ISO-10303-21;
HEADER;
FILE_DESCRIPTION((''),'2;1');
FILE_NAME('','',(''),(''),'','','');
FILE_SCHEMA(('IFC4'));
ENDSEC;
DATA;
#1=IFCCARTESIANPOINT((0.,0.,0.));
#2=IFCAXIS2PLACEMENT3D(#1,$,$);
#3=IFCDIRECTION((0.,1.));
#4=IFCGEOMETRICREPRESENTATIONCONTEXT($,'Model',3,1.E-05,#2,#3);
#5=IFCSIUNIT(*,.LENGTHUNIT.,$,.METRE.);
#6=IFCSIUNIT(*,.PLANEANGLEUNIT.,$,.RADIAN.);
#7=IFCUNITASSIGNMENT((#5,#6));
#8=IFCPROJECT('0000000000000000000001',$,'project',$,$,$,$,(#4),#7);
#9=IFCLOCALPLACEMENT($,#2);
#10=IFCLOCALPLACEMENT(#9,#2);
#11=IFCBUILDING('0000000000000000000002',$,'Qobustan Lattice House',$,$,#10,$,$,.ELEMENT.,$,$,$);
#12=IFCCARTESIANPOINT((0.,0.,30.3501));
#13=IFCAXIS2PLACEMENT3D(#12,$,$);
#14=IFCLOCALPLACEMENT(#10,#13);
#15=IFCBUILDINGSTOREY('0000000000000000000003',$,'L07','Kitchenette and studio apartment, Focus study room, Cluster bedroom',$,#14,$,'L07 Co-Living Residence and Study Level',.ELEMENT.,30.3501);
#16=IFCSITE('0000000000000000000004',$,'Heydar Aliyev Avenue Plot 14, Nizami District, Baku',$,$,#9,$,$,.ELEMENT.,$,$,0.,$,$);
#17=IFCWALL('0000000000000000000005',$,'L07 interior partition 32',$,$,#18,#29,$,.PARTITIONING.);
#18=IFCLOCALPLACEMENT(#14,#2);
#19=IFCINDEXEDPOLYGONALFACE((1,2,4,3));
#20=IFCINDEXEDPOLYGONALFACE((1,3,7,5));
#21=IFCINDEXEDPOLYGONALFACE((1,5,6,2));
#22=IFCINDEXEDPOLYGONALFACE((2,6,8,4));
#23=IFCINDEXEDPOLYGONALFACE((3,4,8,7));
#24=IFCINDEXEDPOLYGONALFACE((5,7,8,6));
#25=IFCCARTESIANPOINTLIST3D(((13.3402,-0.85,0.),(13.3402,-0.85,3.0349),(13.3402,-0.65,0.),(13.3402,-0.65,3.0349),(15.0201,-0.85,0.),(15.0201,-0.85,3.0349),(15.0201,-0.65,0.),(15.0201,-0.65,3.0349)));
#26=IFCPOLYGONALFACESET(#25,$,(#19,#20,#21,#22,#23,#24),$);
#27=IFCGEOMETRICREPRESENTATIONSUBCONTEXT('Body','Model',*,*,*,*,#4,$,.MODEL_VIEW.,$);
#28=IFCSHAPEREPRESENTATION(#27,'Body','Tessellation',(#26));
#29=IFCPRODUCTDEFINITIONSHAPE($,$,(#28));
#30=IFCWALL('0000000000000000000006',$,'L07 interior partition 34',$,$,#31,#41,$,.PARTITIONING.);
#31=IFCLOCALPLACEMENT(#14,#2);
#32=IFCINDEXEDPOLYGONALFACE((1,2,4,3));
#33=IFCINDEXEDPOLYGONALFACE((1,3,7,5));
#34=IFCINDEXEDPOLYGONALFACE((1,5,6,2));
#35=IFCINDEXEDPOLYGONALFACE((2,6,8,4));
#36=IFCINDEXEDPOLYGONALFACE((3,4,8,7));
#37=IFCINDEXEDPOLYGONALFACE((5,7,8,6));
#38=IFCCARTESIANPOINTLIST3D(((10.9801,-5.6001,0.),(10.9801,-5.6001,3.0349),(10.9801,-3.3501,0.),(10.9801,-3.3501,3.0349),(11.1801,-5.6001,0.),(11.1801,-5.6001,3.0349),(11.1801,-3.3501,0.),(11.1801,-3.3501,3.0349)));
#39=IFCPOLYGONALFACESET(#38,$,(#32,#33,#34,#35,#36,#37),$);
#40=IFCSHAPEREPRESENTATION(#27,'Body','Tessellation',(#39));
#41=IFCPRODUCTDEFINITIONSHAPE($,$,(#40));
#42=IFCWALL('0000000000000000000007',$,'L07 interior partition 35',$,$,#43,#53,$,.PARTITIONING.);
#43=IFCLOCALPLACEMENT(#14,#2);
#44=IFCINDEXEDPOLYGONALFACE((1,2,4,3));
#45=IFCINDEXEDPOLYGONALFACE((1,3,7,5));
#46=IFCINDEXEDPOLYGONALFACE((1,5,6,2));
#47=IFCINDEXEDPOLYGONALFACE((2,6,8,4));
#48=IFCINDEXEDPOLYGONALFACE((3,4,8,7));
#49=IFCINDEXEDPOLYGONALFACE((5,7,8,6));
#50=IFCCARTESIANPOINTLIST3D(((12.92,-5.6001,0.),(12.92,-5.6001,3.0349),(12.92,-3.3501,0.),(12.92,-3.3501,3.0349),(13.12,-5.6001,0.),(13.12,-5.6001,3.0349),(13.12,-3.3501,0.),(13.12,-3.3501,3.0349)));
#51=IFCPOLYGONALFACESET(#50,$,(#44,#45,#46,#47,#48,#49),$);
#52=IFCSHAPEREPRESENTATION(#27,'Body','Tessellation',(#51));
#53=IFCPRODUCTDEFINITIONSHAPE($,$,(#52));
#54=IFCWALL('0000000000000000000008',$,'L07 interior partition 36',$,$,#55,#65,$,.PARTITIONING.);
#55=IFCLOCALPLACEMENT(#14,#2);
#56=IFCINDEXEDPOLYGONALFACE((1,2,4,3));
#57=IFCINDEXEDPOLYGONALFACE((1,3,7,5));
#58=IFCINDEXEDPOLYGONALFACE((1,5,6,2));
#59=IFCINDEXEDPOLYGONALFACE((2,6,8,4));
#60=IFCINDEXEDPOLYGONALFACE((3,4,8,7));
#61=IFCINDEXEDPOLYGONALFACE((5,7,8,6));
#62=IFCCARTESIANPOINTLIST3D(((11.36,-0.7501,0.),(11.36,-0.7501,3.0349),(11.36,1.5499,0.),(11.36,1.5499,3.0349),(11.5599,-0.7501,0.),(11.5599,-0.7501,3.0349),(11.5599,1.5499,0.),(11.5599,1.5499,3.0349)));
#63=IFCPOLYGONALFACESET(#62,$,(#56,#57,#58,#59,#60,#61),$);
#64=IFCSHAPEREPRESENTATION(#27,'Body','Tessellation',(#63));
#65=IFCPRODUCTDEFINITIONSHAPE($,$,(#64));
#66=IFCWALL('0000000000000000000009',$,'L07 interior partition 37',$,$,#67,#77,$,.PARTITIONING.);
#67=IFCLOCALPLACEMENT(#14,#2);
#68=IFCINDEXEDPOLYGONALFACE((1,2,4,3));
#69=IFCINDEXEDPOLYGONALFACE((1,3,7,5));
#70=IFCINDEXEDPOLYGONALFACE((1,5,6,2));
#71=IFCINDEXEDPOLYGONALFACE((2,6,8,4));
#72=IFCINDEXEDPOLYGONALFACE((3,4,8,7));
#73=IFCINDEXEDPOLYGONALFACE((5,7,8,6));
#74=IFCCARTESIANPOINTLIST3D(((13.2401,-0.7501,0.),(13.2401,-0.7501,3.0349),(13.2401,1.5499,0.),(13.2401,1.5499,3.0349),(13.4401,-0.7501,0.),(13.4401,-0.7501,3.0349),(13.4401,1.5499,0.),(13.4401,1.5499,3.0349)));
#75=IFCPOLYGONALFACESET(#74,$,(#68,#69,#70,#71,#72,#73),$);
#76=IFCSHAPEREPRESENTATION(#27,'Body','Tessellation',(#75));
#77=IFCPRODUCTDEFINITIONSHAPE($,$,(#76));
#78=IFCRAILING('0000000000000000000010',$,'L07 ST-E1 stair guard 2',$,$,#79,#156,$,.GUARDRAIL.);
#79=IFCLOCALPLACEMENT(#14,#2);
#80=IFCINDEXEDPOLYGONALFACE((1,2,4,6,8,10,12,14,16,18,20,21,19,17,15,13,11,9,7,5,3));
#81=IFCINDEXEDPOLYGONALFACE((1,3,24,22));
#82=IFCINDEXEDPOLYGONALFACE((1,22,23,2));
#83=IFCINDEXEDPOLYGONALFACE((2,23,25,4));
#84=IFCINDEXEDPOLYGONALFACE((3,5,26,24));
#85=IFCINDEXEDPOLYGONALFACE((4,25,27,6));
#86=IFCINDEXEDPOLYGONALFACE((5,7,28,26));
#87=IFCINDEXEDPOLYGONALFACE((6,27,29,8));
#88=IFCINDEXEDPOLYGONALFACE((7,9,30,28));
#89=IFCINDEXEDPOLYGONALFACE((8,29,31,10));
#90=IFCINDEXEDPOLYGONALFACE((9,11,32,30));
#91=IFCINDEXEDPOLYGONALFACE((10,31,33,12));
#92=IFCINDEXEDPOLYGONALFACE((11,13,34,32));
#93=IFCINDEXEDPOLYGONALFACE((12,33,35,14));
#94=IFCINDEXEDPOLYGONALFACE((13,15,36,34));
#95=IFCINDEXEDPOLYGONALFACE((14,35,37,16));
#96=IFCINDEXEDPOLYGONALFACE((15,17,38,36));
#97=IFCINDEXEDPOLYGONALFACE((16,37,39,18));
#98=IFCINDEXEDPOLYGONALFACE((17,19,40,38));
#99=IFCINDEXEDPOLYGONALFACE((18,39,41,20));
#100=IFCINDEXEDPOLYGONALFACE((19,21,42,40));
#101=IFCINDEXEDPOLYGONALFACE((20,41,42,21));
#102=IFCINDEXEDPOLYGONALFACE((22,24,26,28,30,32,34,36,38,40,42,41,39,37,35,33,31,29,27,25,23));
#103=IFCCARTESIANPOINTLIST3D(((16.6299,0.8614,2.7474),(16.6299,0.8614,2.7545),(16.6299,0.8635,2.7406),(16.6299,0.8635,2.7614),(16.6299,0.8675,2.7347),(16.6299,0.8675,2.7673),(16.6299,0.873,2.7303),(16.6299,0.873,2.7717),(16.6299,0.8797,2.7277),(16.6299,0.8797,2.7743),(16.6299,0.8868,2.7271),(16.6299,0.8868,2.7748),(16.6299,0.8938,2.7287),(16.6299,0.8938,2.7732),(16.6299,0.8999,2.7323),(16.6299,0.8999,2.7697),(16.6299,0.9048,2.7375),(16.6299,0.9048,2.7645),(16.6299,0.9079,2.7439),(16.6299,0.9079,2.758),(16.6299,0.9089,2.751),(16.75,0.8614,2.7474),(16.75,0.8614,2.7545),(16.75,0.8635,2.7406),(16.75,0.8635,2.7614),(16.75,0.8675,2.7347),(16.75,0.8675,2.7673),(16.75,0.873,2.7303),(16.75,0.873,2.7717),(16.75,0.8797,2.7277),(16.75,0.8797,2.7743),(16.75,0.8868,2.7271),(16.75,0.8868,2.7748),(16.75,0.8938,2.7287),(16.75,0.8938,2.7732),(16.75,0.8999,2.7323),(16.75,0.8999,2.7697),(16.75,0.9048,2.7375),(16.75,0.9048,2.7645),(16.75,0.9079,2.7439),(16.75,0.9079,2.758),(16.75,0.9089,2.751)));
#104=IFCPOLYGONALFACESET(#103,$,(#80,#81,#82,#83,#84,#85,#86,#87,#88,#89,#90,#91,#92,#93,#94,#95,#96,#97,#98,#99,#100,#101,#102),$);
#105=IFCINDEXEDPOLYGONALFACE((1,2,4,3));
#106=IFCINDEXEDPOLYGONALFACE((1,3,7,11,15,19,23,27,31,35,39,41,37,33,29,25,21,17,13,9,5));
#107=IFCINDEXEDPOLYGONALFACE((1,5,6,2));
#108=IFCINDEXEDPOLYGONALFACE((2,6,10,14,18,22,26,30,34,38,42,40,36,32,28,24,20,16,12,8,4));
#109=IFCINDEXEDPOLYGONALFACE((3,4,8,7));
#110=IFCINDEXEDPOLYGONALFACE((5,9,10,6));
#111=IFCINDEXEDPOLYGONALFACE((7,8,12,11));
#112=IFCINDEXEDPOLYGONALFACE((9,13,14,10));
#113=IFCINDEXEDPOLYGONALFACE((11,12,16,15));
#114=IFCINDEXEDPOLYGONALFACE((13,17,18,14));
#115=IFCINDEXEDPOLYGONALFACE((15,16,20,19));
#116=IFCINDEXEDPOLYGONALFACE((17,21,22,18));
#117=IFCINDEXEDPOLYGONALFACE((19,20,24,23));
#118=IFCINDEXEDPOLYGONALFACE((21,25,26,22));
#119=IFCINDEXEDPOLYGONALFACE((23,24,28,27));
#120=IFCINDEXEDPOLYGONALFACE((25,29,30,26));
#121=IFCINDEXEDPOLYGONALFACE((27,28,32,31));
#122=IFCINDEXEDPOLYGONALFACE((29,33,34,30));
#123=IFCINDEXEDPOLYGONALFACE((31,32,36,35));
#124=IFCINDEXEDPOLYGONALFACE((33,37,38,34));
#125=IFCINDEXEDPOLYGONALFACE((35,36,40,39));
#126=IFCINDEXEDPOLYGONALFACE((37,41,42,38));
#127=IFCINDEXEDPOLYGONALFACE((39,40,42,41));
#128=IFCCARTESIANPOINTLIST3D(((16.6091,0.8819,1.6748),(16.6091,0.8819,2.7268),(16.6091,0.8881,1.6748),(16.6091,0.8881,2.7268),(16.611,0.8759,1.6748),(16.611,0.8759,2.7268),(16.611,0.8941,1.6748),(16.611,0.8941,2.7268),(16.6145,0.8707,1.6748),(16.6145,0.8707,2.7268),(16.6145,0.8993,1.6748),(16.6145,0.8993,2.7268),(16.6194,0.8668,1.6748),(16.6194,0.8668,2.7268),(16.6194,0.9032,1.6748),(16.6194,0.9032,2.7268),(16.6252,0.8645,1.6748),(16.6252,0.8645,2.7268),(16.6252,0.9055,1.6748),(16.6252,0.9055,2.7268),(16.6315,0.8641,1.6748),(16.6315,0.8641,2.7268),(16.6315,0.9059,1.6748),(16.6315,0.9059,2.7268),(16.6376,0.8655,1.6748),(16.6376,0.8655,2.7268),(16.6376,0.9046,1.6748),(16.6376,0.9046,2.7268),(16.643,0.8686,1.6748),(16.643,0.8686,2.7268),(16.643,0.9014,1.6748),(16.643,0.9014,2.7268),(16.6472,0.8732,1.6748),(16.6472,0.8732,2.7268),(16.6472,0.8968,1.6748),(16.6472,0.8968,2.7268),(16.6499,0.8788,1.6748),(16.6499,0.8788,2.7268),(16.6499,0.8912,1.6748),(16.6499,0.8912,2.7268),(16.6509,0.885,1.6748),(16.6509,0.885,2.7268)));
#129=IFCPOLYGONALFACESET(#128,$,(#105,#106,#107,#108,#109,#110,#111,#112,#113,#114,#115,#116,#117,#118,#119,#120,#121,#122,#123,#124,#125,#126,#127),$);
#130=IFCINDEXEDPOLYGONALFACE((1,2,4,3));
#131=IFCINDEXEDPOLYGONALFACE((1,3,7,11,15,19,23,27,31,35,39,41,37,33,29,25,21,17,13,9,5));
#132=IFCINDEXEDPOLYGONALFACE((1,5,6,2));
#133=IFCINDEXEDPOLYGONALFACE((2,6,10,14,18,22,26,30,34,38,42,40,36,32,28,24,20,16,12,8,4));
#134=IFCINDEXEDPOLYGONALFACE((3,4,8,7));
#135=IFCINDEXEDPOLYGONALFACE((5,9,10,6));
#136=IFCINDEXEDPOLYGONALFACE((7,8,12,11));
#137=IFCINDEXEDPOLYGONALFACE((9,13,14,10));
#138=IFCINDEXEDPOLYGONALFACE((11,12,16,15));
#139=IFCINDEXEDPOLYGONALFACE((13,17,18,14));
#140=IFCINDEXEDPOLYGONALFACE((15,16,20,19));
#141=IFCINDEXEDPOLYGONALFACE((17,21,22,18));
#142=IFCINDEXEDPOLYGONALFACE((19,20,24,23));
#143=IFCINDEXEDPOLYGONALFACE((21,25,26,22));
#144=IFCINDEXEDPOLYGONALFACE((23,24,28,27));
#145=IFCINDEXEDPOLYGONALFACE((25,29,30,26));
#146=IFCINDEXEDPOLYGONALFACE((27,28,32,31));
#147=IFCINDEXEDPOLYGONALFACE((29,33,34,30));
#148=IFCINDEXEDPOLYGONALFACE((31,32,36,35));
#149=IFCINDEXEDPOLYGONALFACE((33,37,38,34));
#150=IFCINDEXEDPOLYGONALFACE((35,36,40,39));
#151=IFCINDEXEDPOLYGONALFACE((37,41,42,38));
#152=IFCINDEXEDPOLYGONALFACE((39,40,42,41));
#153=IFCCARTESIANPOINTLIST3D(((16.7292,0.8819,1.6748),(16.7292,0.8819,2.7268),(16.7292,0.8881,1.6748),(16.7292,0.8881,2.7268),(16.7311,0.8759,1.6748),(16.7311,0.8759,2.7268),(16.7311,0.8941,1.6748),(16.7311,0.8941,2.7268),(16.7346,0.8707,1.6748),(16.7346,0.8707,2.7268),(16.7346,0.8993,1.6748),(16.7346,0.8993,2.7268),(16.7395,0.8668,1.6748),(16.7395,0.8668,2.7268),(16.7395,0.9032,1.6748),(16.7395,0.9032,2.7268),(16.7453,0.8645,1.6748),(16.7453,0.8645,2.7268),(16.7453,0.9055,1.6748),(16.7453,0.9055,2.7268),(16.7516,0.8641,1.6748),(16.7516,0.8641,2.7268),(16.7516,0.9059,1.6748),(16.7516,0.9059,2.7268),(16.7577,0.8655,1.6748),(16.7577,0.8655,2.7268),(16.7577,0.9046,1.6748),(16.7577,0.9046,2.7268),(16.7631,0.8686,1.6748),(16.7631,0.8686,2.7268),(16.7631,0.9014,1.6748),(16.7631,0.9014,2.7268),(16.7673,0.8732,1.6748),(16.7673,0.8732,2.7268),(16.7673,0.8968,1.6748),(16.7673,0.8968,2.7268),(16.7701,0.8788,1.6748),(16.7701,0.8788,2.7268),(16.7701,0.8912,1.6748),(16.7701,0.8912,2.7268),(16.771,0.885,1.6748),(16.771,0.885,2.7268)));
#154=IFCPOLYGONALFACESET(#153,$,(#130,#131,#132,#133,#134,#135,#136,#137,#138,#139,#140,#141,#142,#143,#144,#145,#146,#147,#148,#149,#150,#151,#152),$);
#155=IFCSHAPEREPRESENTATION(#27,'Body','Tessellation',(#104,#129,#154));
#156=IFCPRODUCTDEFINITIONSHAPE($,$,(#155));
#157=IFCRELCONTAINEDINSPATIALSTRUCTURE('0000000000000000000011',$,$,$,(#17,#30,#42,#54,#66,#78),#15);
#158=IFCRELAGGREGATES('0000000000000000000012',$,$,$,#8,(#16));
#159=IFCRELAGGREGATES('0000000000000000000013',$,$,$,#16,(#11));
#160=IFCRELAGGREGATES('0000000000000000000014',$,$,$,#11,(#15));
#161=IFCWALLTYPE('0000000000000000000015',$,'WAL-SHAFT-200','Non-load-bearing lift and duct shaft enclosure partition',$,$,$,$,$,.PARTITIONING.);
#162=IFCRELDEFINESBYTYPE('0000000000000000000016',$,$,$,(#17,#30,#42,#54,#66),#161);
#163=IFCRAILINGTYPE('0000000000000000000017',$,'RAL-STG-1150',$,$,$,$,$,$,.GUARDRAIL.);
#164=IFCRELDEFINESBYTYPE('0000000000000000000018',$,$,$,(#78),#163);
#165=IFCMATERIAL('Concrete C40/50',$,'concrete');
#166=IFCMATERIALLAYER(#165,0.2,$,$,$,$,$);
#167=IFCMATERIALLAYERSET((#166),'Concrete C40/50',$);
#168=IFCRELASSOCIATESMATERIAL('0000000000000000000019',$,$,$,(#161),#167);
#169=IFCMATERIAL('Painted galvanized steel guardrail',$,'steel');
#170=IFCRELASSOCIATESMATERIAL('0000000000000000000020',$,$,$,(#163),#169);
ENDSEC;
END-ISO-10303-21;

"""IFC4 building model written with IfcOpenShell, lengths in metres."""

from ifc_helpers import new_model, si_unit, direction, frame, frame_2d, origin, origin_2d, place, context, subcontext, project, spatial, rectangle, circle, extrude, material, layer, layer_set, type_object, element, save


model = new_model("IFC4")

# Units and contexts
model_context = context("Model", 3, precision=1e-05, world=origin(), true_north=direction((0.0, 1.0)))
body_context = subcontext(model_context, "Body", "Model", "MODEL_VIEW")
ifc_project = project(units=[si_unit("LENGTHUNIT", "METRE"), si_unit("PLANEANGLEUNIT", "RADIAN")], contexts=[model_context])

# Site, building, storey
site_placement = place(None, origin())
site = spatial("IfcSite", under=ifc_project, at=site_placement, Name="Heydar Aliyev Avenue Plot 14, Nizami District, Baku", CompositionType="ELEMENT", RefElevation=0.0)
building_placement = place(site_placement, origin())
building = spatial("IfcBuilding", under=site, at=building_placement, Name="Qobustan Lattice House", CompositionType="ELEMENT")
storey_placement = place(building_placement, frame((0.0, 0.0, 30.3501)))
storey = spatial("IfcBuildingStorey", under=building, at=storey_placement, Name="L07", Description="Kitchenette and studio apartment, Focus study room, Cluster bedroom", LongName="L07 Co-Living Residence and Study Level", CompositionType="ELEMENT", Elevation=30.3501)

# Walls
ifc_material_1 = material(Name="Concrete C40/50", Category="concrete")
ifc_layer_1 = layer(ifc_material_1, 0.2)
ifc_layer_set_1 = layer_set([ifc_layer_1], Name="Concrete C40/50")
wall_type_1 = type_object("IfcWallType", Name="WAL-SHAFT-200", Description="Non-load-bearing lift and duct shaft enclosure partition", PredefinedType="PARTITIONING", material=ifc_layer_set_1)
wall_1_placement = place(storey_placement, frame((15.02, -0.75, 0.0), z_axis=(0.0, 0.0, 1.0), x_axis=(-1.0, 0.0, 0.0)))
element("IfcWall", 1, at=wall_1_placement, inside=storey, type_object=wall_type_1, Name="L07 interior partition 32", PredefinedType="PARTITIONING", context=body_context, shape_type="SweptSolid", body=[
    extrude(rectangle(XDim=1.6799, YDim=0.2, at=frame_2d((0.8398, 0.0))), origin(), (0.0, 0.0, 1.0), 3.0349),
])
for number, where, z_axis, x_axis, name in (
    (2, (11.0801, -5.6001, 0.0), (0.0, 0.0, 1.0), (0.0, 1.0, 0.0), "L07 interior partition 34"),
    (3, (13.02, -5.6001, 0.0), (0.0, 0.0, 1.0), (0.0, 1.0, 0.0), "L07 interior partition 35"),
):
    element("IfcWall", number, at=place(storey_placement, frame(where, z_axis=z_axis, x_axis=x_axis)), inside=storey, type_object=wall_type_1, Name=name, PredefinedType="PARTITIONING", context=body_context, shape_type="SweptSolid", body=[
        extrude(rectangle(XDim=2.25, YDim=0.2, at=frame_2d((1.125, 0.0))), origin(), (0.0, 0.0, 1.0), 3.0349),
    ])
for number, where, z_axis, x_axis, name in (
    (4, (11.46, -0.75, 0.0), (0.0, 0.0, 1.0), (0.0, 1.0, 0.0), "L07 interior partition 36"),
    (5, (13.3401, -0.75, 0.0), (0.0, 0.0, 1.0), (0.0, 1.0, 0.0), "L07 interior partition 37"),
):
    element("IfcWall", number, at=place(storey_placement, frame(where, z_axis=z_axis, x_axis=x_axis)), inside=storey, type_object=wall_type_1, Name=name, PredefinedType="PARTITIONING", context=body_context, shape_type="SweptSolid", body=[
        extrude(rectangle(XDim=2.3, YDim=0.2, at=frame_2d((1.1499, 0.0))), origin(), (0.0, 0.0, 1.0), 3.0349),
    ])

# Railing
ifc_material_2 = material(Name="Painted galvanized steel guardrail", Category="steel")
railing_type = type_object("IfcRailingType", Name="RAL-STG-1150", PredefinedType="GUARDRAIL", material=ifc_material_2)
railing_placement = place(storey_placement, frame((16.6299, 0.885, 1.6748)))
element("IfcRailing", 6, at=railing_placement, inside=storey, type_object=railing_type, Name="L07 ST-E1 stair guard 2", PredefinedType="GUARDRAIL", context=body_context, shape_type="SweptSolid", body=[
    extrude(circle(Radius=0.0239, at=origin_2d()), frame((0.0, 0.0, 1.0762), z_axis=(1.0, 0.0, 0.0), x_axis=(0.0, 1.0, 0.0)), (0.0, 0.0, 1.0), 0.1201),
    extrude(circle(Radius=0.021, at=origin_2d()), origin(), (0.0, 0.0, 1.0), 1.052),
    extrude(circle(Radius=0.021, at=origin_2d()), frame((0.1201, 0.0, 0.0)), (0.0, 0.0, 1.0), 1.052),
])

save(model, "model.ifc")
